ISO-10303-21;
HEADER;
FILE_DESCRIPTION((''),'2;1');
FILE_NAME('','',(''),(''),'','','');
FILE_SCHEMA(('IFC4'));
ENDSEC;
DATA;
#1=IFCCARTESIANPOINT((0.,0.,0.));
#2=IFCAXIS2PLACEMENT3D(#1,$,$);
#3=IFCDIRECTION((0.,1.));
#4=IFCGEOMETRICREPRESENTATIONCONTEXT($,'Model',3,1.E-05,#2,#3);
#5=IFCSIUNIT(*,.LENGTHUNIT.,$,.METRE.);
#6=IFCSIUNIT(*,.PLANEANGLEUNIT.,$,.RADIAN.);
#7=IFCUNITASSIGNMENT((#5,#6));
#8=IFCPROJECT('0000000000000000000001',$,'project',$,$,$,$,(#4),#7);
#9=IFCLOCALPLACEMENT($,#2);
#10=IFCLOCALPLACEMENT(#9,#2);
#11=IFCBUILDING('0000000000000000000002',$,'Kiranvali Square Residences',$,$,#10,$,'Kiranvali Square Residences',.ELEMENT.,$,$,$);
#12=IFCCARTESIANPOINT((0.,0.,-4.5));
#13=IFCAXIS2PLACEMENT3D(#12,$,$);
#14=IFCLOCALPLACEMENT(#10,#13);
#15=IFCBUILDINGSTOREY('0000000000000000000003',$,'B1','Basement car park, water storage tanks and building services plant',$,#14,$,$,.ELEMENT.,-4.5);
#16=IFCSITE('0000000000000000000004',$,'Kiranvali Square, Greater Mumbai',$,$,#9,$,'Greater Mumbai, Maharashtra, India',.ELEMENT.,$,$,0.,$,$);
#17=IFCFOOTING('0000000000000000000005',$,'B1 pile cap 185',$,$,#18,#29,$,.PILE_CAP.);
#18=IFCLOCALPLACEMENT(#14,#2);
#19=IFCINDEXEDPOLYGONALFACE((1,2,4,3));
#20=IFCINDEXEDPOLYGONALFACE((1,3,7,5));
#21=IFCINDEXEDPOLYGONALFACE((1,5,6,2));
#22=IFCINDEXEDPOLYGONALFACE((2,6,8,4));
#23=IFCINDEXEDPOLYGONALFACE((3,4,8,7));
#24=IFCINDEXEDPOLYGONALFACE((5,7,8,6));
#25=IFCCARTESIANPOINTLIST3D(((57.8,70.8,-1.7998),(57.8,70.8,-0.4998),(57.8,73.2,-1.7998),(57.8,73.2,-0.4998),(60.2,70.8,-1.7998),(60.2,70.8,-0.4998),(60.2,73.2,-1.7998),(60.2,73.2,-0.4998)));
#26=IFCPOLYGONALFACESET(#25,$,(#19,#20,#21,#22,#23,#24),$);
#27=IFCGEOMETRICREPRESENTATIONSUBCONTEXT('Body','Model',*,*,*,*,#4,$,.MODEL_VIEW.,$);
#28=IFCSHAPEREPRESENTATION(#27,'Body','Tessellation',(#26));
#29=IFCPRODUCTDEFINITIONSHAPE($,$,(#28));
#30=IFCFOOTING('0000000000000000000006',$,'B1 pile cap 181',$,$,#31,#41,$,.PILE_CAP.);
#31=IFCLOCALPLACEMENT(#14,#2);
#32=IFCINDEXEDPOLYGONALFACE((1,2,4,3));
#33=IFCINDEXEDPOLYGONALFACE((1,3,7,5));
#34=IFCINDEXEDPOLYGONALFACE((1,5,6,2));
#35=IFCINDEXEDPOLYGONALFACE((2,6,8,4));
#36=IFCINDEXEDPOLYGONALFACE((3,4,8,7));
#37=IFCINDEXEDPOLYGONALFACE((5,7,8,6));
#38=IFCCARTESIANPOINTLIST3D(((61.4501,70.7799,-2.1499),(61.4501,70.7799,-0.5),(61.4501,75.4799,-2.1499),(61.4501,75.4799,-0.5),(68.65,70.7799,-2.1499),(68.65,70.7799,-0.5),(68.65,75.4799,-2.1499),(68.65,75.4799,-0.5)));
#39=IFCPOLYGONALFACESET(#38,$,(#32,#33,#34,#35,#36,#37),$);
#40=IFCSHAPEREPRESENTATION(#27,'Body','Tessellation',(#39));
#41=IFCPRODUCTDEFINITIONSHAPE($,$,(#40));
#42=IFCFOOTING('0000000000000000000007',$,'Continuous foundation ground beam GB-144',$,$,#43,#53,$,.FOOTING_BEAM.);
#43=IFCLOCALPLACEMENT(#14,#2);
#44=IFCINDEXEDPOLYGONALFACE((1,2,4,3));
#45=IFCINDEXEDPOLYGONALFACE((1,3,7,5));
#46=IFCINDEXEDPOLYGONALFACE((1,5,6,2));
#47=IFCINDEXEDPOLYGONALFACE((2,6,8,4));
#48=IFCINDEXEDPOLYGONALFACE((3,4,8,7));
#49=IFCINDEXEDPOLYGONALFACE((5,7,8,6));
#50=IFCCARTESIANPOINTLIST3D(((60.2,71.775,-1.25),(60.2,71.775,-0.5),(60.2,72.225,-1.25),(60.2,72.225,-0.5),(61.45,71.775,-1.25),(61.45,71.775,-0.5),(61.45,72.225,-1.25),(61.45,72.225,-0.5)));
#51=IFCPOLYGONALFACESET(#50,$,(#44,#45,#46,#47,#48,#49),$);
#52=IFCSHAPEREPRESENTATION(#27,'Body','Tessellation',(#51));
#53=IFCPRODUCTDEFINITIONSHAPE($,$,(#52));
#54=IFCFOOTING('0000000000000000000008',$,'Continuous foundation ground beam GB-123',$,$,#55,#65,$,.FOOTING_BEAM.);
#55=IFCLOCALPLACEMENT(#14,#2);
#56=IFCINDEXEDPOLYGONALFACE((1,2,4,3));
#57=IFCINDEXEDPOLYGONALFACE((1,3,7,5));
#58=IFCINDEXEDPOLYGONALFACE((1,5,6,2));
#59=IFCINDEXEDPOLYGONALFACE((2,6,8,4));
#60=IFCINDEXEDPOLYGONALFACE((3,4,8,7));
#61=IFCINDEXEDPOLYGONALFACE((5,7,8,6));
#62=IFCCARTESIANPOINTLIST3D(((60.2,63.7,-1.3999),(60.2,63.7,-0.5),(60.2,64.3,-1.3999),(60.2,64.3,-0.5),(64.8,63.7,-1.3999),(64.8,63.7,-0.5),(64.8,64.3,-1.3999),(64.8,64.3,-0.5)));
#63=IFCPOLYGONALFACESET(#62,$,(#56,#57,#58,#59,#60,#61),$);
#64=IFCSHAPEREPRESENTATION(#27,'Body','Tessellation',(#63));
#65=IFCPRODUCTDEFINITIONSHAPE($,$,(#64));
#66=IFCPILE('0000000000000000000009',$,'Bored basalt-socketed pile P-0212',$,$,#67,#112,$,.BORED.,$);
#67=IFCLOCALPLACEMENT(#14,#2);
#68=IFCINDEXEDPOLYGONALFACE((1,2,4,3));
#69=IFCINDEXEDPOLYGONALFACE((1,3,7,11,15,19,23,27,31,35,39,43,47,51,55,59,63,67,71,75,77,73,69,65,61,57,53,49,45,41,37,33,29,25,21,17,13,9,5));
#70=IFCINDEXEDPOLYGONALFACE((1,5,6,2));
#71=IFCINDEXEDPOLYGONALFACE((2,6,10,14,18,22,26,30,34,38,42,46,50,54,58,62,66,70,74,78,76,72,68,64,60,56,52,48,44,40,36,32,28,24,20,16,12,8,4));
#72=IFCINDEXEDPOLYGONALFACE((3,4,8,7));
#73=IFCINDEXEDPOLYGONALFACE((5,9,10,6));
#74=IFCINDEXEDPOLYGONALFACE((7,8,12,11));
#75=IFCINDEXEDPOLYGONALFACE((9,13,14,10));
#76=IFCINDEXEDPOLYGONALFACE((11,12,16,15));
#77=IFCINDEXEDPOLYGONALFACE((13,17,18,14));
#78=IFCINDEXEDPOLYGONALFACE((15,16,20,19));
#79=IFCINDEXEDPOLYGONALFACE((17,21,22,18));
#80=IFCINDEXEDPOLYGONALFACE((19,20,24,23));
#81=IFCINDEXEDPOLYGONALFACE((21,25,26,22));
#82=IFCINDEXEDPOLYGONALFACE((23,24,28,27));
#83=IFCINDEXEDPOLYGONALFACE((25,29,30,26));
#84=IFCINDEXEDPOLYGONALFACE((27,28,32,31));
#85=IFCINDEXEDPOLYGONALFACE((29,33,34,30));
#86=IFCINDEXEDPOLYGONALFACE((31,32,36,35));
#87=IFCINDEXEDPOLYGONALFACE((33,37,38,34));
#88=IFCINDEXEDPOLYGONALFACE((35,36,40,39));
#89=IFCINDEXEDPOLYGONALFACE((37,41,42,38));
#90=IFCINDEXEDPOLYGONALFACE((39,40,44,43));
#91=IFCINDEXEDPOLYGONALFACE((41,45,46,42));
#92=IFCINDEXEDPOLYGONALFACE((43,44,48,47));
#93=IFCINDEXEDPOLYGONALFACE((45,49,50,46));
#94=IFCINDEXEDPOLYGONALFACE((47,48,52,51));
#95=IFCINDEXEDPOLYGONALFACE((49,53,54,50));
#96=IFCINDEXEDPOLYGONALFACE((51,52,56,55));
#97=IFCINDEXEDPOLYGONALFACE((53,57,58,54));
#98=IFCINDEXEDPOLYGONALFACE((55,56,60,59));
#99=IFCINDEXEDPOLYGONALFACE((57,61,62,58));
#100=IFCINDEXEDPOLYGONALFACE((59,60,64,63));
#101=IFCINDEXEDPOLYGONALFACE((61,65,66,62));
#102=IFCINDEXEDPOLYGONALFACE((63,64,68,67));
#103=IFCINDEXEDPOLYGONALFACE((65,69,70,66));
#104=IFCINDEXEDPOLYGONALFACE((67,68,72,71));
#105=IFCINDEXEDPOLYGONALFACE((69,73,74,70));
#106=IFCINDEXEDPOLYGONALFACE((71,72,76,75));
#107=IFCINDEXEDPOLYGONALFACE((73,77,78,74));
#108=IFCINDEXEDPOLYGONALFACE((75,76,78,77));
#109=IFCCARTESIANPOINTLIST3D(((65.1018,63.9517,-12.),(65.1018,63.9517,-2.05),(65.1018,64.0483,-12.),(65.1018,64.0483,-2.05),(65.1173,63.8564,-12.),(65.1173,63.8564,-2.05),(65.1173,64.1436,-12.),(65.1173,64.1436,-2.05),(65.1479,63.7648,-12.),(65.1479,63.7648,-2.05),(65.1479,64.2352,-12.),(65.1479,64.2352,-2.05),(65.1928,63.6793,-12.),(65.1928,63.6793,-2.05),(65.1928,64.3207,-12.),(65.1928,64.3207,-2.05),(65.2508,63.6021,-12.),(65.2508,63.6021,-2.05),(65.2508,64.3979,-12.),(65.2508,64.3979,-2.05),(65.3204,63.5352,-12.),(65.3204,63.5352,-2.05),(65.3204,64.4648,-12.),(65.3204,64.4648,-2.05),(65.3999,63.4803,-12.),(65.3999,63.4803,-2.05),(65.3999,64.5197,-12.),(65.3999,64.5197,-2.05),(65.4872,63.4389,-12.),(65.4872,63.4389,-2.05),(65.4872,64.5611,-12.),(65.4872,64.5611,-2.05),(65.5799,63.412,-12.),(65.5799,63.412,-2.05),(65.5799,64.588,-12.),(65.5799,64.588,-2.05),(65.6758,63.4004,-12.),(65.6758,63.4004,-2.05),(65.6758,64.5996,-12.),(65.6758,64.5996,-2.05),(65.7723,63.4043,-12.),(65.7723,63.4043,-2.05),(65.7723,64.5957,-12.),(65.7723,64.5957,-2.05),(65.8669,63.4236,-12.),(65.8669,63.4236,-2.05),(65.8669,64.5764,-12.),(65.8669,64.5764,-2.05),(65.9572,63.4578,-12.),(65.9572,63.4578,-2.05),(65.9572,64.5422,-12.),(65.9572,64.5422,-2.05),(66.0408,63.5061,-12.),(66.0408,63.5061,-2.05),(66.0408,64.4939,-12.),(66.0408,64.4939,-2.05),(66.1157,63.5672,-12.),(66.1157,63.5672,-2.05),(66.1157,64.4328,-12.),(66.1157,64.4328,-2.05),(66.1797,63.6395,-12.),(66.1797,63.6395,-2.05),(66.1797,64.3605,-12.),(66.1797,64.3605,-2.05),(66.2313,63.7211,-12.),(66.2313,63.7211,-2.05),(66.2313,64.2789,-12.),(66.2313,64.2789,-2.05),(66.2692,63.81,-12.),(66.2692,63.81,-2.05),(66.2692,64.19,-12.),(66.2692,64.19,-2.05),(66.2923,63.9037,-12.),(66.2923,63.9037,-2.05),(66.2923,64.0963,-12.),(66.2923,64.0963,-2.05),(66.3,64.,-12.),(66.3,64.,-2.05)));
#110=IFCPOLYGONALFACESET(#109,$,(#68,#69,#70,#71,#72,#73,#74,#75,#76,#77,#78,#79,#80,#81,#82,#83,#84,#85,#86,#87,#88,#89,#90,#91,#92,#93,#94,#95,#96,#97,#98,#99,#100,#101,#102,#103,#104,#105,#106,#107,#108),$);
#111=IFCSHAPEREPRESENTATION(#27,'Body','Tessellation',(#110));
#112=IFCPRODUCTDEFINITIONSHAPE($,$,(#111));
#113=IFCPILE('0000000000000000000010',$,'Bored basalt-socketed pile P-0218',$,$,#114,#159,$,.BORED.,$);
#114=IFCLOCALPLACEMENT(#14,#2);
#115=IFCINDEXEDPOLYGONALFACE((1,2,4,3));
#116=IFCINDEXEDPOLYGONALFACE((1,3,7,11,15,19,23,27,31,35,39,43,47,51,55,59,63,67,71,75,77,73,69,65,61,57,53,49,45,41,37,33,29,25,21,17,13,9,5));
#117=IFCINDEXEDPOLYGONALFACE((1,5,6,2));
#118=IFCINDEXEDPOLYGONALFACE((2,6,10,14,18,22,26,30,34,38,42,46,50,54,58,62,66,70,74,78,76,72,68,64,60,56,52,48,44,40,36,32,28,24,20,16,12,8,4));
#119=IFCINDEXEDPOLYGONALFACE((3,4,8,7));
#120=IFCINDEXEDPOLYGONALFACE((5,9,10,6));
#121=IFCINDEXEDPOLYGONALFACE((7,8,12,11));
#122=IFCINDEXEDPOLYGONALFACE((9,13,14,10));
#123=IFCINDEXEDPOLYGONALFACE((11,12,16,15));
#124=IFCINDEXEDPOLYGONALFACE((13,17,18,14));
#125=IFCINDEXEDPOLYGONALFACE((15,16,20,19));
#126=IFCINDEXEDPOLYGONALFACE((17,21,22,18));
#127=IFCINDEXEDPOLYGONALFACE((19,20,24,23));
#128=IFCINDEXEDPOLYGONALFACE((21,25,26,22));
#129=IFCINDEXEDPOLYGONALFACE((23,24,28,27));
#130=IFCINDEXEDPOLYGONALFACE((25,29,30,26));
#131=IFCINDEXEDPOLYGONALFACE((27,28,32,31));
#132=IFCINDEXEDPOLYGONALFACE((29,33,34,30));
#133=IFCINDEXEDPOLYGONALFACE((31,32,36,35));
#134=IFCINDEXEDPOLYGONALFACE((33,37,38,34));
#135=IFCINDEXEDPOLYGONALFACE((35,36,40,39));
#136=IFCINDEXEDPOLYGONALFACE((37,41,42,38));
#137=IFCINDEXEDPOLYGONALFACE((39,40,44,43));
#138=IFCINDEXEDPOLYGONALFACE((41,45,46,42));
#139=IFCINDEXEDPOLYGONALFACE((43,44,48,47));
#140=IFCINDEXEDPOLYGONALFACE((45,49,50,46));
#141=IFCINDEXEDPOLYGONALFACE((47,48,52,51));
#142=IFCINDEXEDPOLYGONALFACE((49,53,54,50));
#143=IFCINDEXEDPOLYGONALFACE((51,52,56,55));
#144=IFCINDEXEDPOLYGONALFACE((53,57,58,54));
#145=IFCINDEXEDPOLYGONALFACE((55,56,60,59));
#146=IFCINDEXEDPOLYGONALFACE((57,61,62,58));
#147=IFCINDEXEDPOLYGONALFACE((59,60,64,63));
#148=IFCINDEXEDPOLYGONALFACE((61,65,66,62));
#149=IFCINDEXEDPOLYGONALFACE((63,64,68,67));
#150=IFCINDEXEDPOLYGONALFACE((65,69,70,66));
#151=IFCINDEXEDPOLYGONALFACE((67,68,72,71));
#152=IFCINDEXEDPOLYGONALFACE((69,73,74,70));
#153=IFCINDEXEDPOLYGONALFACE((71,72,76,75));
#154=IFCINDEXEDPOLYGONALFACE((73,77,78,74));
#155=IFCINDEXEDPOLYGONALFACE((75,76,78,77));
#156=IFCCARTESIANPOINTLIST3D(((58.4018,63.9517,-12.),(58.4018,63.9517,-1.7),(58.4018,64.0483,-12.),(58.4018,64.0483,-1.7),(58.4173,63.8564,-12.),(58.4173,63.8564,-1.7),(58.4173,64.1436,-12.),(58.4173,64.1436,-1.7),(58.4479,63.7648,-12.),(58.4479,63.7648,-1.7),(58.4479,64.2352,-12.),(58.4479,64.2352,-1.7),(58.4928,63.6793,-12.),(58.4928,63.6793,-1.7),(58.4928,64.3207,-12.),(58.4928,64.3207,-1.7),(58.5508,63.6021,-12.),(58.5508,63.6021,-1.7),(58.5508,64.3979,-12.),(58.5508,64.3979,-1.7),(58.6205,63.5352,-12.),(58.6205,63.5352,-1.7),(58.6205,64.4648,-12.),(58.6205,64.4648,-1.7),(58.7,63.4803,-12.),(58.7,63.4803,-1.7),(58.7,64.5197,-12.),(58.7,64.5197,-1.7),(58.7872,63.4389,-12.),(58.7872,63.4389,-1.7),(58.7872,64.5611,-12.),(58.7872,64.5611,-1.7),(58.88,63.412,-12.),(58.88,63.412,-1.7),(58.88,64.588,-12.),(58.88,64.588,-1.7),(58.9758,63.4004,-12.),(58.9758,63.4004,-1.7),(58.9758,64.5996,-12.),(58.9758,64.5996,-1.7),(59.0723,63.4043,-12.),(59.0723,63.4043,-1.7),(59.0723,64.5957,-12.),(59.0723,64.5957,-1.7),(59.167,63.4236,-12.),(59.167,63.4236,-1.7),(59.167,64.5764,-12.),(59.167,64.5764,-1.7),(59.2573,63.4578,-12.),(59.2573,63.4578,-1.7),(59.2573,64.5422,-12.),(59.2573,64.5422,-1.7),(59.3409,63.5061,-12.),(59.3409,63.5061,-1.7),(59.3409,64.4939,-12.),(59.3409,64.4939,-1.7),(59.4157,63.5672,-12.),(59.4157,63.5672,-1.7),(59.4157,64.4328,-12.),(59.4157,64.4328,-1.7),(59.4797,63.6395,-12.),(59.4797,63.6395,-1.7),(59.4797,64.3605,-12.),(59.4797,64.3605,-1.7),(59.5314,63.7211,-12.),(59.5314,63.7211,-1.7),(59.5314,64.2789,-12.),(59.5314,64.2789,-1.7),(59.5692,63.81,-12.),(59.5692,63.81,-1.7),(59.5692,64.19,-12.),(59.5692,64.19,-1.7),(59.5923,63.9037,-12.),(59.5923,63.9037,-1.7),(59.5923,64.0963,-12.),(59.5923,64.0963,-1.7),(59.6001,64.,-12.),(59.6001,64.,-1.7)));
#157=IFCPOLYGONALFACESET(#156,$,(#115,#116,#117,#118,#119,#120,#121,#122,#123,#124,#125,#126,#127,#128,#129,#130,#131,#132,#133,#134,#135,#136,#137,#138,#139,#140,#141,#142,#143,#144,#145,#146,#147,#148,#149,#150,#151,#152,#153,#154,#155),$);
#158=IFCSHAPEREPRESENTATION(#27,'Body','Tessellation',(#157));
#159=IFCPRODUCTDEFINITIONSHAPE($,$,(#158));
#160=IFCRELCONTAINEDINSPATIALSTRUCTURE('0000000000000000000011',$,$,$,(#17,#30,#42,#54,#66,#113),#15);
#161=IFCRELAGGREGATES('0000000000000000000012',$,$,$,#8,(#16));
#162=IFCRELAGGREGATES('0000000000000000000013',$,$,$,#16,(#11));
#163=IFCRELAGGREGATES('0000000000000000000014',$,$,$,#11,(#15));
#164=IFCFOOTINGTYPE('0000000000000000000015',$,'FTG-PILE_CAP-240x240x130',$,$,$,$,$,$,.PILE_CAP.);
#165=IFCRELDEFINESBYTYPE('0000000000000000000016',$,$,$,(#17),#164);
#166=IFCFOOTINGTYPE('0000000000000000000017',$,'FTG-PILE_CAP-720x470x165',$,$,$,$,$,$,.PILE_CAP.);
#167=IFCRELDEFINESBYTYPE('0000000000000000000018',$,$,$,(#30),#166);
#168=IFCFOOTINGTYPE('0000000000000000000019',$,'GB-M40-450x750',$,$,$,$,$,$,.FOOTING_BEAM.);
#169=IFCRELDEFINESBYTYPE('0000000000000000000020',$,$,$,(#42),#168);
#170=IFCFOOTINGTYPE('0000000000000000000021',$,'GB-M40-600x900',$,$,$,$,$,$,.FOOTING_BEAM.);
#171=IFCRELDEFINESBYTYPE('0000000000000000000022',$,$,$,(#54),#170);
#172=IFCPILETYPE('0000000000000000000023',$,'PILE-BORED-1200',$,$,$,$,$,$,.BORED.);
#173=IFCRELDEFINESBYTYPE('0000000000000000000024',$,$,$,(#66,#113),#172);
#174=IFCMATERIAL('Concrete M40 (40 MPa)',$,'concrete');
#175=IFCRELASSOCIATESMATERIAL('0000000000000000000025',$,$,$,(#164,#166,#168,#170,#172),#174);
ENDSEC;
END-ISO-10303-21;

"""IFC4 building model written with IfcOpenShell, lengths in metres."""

from ifc_helpers import new_model, si_unit, direction, frame, origin, origin_2d, place, context, subcontext, project, spatial, rectangle, circle, extrude, material, material_profile, profile_set, type_object, element, save


model = new_model("IFC4")

# Units and contexts
model_context = context("Model", 3, precision=1e-05, world=origin(), true_north=direction((0.0, 1.0)))
body_context = subcontext(model_context, "Body", "Model", "MODEL_VIEW")
ifc_project = project(units=[si_unit("LENGTHUNIT", "METRE"), si_unit("PLANEANGLEUNIT", "RADIAN")], contexts=[model_context])

# Site, building, storey
site_placement = place(None, origin())
site = spatial("IfcSite", under=ifc_project, at=site_placement, Name="Kiranvali Square, Greater Mumbai", LongName="Greater Mumbai, Maharashtra, India", CompositionType="ELEMENT", RefElevation=0.0)
building_placement = place(site_placement, origin())
building = spatial("IfcBuilding", under=site, at=building_placement, Name="Kiranvali Square Residences", LongName="Kiranvali Square Residences", CompositionType="ELEMENT")
storey_placement = place(building_placement, frame((0.0, 0.0, -4.5)))
storey = spatial("IfcBuildingStorey", under=building, at=storey_placement, Name="B1", Description="Basement car park, water storage tanks and building services plant", CompositionType="ELEMENT", Elevation=-4.5)

# Footings
ifc_material = material(Name="Concrete M40 (40 MPa)", Category="concrete")
footing_type_1 = type_object("IfcFootingType", Name="FTG-PILE_CAP-240x240x130", PredefinedType="PILE_CAP", material=ifc_material)
footing_1_placement = place(storey_placement, frame((59.0, 72.0, -1.7998), z_axis=(0.0, 0.0, 1.0), x_axis=(1.0, 0.0, 0.0)))
element("IfcFooting", 1, at=footing_1_placement, inside=storey, type_object=footing_type_1, Name="B1 pile cap 185", PredefinedType="PILE_CAP", context=body_context, shape_type="SweptSolid", body=[
    extrude(rectangle(XDim=2.3999, YDim=2.3999, at=origin_2d()), origin(), (0.0, 0.0, 1.0), 1.3),
])
footing_type_2 = type_object("IfcFootingType", Name="FTG-PILE_CAP-720x470x165", PredefinedType="PILE_CAP", material=ifc_material)
footing_2_placement = place(storey_placement, frame((65.05, 73.1299, -2.1499), z_axis=(0.0, 0.0, 1.0), x_axis=(1.0, 0.0, 0.0)))
element("IfcFooting", 2, at=footing_2_placement, inside=storey, type_object=footing_type_2, Name="B1 pile cap 181", PredefinedType="PILE_CAP", context=body_context, shape_type="SweptSolid", body=[
    extrude(rectangle(XDim=7.2, YDim=4.7, at=origin_2d()), origin(), (0.0, 0.0, 1.0), 1.6499),
])
ifc_material_profile_1 = material_profile(ifc_material, rectangle(XDim=0.45, YDim=0.75, at=origin_2d()), Name="GB 450x750")
ifc_profile_set_1 = profile_set([ifc_material_profile_1], Name="Concrete M40 (40 MPa)")
footing_type_3 = type_object("IfcFootingType", Name="GB-M40-450x750", PredefinedType="FOOTING_BEAM", material=ifc_profile_set_1)
footing_3_placement = place(storey_placement, frame((60.2, 72.0, -0.875), z_axis=(1.0, 0.0, 0.0), x_axis=(0.0, 1.0, 0.0)))
element("IfcFooting", 3, at=footing_3_placement, inside=storey, type_object=footing_type_3, Name="Continuous foundation ground beam GB-144", PredefinedType="FOOTING_BEAM", context=body_context, shape_type="SweptSolid", body=[
    extrude(rectangle(XDim=0.45, YDim=0.75, at=origin_2d()), origin(), (0.0, 0.0, 1.0), 1.25),
])
ifc_material_profile_2 = material_profile(ifc_material, rectangle(XDim=0.6001, YDim=0.8999, at=origin_2d()), Name="GB 600x900")
ifc_profile_set_2 = profile_set([ifc_material_profile_2], Name="Concrete M40 (40 MPa)")
footing_type_4 = type_object("IfcFootingType", Name="GB-M40-600x900", PredefinedType="FOOTING_BEAM", material=ifc_profile_set_2)
footing_4_placement = place(storey_placement, frame((60.2, 64.0, -0.95), z_axis=(1.0, 0.0, 0.0), x_axis=(0.0, 1.0, 0.0)))
element("IfcFooting", 4, at=footing_4_placement, inside=storey, type_object=footing_type_4, Name="Continuous foundation ground beam GB-123", PredefinedType="FOOTING_BEAM", context=body_context, shape_type="SweptSolid", body=[
    extrude(rectangle(XDim=0.6001, YDim=0.8999, at=origin_2d()), origin(), (0.0, 0.0, 1.0), 4.6001),
])

# Piles
ifc_material_profile_3 = material_profile(ifc_material, circle(Radius=0.6001, at=origin_2d()), Name="BORED PILE 1200")
ifc_profile_set_3 = profile_set([ifc_material_profile_3], Name="Concrete M40 (40 MPa)")
pile_type_1 = type_object("IfcPileType", Name="PILE-BORED-1200", PredefinedType="BORED", material=ifc_profile_set_3)
pile_1_placement = place(storey_placement, frame((65.7, 64.0, -2.05), z_axis=(0.0, 0.0, -1.0), x_axis=(1.0, 0.0, 0.0)))
element("IfcPile", 5, at=pile_1_placement, inside=storey, type_object=pile_type_1, Name="Bored basalt-socketed pile P-0212", PredefinedType="BORED", context=body_context, shape_type="SweptSolid", body=[
    extrude(circle(Radius=0.6001, at=origin_2d()), origin(), (0.0, 0.0, 1.0), 9.95),
])
pile_2_placement = place(storey_placement, frame((59.0, 64.0, -1.7), z_axis=(0.0, 0.0, -1.0), x_axis=(1.0, 0.0, 0.0)))
element("IfcPile", 6, at=pile_2_placement, inside=storey, type_object=pile_type_1, Name="Bored basalt-socketed pile P-0218", PredefinedType="BORED", context=body_context, shape_type="SweptSolid", body=[
    extrude(circle(Radius=0.6001, at=origin_2d()), origin(), (0.0, 0.0, 1.0), 10.3),
])

save(model, "model.ifc")
